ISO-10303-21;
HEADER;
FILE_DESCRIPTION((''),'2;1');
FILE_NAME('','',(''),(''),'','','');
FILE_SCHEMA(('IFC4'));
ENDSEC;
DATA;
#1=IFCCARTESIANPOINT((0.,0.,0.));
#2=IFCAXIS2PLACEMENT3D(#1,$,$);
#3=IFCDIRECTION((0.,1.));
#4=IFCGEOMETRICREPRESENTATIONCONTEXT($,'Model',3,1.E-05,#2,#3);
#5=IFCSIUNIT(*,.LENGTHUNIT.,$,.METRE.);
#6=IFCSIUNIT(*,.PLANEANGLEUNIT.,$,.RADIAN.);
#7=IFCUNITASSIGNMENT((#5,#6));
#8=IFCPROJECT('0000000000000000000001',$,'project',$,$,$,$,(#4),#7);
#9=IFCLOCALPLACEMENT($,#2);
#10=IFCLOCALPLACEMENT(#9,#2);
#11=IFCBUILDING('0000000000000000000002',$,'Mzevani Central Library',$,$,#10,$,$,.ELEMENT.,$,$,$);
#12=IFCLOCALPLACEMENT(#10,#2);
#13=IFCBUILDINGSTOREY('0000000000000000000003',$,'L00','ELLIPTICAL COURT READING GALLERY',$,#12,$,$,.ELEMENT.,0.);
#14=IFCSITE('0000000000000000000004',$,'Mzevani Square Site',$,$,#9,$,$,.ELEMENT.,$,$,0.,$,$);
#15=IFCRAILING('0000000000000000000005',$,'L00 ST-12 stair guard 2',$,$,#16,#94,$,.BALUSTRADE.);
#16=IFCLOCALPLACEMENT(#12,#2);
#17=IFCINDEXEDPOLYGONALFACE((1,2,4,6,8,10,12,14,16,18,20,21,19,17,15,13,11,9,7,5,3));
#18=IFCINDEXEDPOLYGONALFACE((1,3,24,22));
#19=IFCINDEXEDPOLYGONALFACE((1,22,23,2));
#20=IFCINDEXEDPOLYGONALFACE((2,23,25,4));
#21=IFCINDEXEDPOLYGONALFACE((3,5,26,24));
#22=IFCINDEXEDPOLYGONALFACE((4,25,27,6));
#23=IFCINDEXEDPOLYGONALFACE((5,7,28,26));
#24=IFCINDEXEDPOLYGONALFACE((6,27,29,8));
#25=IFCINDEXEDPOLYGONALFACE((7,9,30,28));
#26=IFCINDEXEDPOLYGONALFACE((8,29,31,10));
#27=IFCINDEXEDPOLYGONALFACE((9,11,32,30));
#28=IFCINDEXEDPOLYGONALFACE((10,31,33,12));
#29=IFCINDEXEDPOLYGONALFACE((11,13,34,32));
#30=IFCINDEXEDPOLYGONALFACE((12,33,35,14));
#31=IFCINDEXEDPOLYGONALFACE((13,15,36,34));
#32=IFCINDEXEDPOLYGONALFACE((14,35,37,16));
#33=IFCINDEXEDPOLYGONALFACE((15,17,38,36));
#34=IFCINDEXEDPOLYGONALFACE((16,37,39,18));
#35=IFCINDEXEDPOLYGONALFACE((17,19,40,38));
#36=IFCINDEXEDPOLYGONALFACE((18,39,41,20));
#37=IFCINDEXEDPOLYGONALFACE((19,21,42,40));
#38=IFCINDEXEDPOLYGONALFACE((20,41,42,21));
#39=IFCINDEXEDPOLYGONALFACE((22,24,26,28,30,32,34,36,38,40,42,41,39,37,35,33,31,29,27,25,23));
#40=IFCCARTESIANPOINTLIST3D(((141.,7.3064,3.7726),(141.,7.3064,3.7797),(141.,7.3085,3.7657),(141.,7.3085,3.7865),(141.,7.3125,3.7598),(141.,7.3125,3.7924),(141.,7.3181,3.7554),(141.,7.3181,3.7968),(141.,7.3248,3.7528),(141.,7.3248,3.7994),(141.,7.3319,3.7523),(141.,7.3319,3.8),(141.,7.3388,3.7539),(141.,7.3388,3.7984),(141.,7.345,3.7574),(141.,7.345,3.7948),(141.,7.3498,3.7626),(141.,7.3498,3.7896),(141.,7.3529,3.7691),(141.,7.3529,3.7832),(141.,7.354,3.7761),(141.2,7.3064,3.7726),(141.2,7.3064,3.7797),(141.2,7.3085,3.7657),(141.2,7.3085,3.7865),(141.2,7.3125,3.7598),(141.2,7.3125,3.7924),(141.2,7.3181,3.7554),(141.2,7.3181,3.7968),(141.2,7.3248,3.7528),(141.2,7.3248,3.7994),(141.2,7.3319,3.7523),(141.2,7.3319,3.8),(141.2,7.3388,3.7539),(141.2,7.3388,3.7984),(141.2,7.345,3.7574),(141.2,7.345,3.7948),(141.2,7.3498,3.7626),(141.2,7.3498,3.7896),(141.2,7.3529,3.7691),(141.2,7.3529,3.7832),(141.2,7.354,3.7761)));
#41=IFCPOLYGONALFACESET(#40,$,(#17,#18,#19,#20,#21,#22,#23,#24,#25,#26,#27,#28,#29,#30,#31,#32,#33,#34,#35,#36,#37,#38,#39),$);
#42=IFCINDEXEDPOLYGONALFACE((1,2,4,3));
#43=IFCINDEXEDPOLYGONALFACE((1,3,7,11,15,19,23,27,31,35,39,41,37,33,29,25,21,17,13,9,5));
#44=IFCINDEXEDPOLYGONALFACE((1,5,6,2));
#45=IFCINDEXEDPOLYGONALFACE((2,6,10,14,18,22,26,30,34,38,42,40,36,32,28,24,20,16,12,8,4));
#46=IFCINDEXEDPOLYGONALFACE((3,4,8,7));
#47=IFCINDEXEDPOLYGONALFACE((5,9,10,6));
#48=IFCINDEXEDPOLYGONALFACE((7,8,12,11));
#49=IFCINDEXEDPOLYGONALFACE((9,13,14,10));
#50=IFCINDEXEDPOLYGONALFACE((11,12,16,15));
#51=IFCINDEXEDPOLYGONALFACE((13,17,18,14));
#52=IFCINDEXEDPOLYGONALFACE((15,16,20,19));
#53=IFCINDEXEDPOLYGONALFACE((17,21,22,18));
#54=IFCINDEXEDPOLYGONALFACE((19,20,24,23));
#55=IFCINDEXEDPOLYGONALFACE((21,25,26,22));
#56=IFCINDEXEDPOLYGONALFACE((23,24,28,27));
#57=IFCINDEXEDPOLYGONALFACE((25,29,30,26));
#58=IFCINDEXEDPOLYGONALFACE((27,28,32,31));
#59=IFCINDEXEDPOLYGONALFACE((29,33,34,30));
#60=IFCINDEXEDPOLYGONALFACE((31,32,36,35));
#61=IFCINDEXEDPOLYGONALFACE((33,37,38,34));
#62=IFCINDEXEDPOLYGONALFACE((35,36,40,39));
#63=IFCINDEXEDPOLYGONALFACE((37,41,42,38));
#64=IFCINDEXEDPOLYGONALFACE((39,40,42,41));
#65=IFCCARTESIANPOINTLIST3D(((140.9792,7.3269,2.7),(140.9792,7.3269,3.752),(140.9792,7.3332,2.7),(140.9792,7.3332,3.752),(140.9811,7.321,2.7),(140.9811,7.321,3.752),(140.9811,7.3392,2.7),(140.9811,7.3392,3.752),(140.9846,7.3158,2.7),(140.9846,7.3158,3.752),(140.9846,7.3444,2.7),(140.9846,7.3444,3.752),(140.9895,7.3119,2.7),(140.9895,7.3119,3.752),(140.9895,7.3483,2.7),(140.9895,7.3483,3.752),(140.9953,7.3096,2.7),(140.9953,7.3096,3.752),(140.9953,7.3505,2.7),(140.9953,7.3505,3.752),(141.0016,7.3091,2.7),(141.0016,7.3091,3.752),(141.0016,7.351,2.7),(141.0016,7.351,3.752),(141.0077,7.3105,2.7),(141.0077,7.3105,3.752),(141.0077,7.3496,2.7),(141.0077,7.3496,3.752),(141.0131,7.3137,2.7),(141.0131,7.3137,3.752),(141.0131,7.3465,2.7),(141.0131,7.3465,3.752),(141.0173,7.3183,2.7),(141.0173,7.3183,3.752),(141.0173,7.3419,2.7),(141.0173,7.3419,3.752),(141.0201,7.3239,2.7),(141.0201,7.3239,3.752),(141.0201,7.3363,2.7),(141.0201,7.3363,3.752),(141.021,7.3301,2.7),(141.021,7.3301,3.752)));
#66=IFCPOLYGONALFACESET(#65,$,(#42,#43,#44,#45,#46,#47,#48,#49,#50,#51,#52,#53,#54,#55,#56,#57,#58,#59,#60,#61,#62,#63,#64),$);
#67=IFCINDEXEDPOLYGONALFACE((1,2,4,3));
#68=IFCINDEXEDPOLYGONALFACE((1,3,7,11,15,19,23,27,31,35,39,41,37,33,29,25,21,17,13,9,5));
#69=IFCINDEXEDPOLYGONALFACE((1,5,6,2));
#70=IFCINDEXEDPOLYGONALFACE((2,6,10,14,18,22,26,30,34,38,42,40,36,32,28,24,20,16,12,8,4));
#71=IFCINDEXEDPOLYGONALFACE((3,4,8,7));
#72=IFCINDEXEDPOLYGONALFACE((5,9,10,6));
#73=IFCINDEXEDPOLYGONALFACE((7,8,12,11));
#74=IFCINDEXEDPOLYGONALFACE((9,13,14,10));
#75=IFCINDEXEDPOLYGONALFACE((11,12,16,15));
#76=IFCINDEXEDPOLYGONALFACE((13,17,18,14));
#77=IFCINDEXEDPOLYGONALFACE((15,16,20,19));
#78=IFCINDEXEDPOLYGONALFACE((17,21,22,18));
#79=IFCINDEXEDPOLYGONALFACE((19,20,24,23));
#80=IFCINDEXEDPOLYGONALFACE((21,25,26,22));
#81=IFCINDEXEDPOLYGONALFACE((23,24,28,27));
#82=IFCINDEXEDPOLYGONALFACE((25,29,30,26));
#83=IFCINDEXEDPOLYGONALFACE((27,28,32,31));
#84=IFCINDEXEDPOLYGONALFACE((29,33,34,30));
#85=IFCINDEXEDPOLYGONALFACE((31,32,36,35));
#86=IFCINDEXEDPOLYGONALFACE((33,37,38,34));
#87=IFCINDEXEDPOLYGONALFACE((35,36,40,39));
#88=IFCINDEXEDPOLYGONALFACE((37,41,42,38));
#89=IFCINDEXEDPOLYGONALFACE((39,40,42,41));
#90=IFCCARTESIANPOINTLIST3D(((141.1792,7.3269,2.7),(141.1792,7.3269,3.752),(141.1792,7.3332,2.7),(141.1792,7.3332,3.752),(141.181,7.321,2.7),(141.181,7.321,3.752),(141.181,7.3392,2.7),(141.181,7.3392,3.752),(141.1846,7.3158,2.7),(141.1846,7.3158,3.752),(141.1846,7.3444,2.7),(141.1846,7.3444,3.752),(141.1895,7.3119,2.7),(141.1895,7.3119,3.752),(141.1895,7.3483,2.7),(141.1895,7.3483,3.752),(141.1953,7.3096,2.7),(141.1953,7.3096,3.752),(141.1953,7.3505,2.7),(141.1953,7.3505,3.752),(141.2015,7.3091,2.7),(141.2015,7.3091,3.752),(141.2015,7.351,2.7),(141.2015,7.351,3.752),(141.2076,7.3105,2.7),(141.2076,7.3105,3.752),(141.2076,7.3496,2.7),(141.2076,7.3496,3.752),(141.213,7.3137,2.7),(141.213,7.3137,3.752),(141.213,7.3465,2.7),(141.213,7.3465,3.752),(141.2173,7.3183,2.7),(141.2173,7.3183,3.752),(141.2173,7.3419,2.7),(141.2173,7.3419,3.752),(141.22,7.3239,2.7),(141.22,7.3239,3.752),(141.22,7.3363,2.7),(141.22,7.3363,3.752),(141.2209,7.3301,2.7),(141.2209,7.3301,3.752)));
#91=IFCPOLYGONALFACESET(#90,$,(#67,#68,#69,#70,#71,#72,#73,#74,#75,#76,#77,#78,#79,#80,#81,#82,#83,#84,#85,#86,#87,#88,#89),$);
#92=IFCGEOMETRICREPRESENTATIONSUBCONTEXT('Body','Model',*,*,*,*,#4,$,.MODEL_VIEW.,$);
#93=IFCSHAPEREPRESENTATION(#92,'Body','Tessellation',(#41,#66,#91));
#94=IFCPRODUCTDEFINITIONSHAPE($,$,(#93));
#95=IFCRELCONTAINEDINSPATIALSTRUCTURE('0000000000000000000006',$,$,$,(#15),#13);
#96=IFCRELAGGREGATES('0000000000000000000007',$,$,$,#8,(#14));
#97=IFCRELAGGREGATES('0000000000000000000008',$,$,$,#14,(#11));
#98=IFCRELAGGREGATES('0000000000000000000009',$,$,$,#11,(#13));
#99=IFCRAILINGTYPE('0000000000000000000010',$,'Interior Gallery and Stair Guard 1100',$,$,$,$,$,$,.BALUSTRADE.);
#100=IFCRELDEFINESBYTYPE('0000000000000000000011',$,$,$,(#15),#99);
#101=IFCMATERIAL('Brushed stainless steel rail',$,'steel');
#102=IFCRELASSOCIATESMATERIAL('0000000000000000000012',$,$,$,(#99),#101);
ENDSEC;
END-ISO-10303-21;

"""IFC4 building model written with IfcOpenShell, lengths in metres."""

from ifc_helpers import new_model, si_unit, direction, frame, origin, origin_2d, place, context, subcontext, project, spatial, circle, extrude, material, type_object, element, save


model = new_model("IFC4")

# Units and contexts
model_context = context("Model", 3, precision=1e-05, world=origin(), true_north=direction((0.0, 1.0)))
body_context = subcontext(model_context, "Body", "Model", "MODEL_VIEW")
ifc_project = project(units=[si_unit("LENGTHUNIT", "METRE"), si_unit("PLANEANGLEUNIT", "RADIAN")], contexts=[model_context])

# Site, building, storey
site_placement = place(None, origin())
site = spatial("IfcSite", under=ifc_project, at=site_placement, Name="Mzevani Square Site", CompositionType="ELEMENT", RefElevation=0.0)
building_placement = place(site_placement, origin())
building = spatial("IfcBuilding", under=site, at=building_placement, Name="Mzevani Central Library", CompositionType="ELEMENT")
storey_placement = place(building_placement, origin())
storey = spatial("IfcBuildingStorey", under=building, at=storey_placement, Name="L00", Description="ELLIPTICAL COURT READING GALLERY", CompositionType="ELEMENT", Elevation=0.0)

# Railing
ifc_material_1 = material(Name="Brushed stainless steel rail", Category="steel")
railing_type_1 = type_object("IfcRailingType", Name="Interior Gallery and Stair Guard 1100", PredefinedType="BALUSTRADE", material=ifc_material_1)
railing_1_placement = place(storey_placement, frame((141.0, 7.3301, 2.7)))
element("IfcRailing", 1, at=railing_1_placement, inside=storey, type_object=railing_type_1, Name="L00 ST-12 stair guard 2", PredefinedType="BALUSTRADE", context=body_context, shape_type="SweptSolid", body=[
    extrude(circle(Radius=0.0239, at=origin_2d()), frame((0.0, 0.0, 1.0762), z_axis=(1.0, 0.0, 0.0), x_axis=(0.0, 1.0, 0.0)), (0.0, 0.0, 1.0), 0.2),
    extrude(circle(Radius=0.021, at=origin_2d()), origin(), (0.0, 0.0, 1.0), 1.052),
    extrude(circle(Radius=0.021, at=origin_2d()), frame((0.2, 0.0, 0.0)), (0.0, 0.0, 1.0), 1.052),
])

save(model, "model.ifc")
